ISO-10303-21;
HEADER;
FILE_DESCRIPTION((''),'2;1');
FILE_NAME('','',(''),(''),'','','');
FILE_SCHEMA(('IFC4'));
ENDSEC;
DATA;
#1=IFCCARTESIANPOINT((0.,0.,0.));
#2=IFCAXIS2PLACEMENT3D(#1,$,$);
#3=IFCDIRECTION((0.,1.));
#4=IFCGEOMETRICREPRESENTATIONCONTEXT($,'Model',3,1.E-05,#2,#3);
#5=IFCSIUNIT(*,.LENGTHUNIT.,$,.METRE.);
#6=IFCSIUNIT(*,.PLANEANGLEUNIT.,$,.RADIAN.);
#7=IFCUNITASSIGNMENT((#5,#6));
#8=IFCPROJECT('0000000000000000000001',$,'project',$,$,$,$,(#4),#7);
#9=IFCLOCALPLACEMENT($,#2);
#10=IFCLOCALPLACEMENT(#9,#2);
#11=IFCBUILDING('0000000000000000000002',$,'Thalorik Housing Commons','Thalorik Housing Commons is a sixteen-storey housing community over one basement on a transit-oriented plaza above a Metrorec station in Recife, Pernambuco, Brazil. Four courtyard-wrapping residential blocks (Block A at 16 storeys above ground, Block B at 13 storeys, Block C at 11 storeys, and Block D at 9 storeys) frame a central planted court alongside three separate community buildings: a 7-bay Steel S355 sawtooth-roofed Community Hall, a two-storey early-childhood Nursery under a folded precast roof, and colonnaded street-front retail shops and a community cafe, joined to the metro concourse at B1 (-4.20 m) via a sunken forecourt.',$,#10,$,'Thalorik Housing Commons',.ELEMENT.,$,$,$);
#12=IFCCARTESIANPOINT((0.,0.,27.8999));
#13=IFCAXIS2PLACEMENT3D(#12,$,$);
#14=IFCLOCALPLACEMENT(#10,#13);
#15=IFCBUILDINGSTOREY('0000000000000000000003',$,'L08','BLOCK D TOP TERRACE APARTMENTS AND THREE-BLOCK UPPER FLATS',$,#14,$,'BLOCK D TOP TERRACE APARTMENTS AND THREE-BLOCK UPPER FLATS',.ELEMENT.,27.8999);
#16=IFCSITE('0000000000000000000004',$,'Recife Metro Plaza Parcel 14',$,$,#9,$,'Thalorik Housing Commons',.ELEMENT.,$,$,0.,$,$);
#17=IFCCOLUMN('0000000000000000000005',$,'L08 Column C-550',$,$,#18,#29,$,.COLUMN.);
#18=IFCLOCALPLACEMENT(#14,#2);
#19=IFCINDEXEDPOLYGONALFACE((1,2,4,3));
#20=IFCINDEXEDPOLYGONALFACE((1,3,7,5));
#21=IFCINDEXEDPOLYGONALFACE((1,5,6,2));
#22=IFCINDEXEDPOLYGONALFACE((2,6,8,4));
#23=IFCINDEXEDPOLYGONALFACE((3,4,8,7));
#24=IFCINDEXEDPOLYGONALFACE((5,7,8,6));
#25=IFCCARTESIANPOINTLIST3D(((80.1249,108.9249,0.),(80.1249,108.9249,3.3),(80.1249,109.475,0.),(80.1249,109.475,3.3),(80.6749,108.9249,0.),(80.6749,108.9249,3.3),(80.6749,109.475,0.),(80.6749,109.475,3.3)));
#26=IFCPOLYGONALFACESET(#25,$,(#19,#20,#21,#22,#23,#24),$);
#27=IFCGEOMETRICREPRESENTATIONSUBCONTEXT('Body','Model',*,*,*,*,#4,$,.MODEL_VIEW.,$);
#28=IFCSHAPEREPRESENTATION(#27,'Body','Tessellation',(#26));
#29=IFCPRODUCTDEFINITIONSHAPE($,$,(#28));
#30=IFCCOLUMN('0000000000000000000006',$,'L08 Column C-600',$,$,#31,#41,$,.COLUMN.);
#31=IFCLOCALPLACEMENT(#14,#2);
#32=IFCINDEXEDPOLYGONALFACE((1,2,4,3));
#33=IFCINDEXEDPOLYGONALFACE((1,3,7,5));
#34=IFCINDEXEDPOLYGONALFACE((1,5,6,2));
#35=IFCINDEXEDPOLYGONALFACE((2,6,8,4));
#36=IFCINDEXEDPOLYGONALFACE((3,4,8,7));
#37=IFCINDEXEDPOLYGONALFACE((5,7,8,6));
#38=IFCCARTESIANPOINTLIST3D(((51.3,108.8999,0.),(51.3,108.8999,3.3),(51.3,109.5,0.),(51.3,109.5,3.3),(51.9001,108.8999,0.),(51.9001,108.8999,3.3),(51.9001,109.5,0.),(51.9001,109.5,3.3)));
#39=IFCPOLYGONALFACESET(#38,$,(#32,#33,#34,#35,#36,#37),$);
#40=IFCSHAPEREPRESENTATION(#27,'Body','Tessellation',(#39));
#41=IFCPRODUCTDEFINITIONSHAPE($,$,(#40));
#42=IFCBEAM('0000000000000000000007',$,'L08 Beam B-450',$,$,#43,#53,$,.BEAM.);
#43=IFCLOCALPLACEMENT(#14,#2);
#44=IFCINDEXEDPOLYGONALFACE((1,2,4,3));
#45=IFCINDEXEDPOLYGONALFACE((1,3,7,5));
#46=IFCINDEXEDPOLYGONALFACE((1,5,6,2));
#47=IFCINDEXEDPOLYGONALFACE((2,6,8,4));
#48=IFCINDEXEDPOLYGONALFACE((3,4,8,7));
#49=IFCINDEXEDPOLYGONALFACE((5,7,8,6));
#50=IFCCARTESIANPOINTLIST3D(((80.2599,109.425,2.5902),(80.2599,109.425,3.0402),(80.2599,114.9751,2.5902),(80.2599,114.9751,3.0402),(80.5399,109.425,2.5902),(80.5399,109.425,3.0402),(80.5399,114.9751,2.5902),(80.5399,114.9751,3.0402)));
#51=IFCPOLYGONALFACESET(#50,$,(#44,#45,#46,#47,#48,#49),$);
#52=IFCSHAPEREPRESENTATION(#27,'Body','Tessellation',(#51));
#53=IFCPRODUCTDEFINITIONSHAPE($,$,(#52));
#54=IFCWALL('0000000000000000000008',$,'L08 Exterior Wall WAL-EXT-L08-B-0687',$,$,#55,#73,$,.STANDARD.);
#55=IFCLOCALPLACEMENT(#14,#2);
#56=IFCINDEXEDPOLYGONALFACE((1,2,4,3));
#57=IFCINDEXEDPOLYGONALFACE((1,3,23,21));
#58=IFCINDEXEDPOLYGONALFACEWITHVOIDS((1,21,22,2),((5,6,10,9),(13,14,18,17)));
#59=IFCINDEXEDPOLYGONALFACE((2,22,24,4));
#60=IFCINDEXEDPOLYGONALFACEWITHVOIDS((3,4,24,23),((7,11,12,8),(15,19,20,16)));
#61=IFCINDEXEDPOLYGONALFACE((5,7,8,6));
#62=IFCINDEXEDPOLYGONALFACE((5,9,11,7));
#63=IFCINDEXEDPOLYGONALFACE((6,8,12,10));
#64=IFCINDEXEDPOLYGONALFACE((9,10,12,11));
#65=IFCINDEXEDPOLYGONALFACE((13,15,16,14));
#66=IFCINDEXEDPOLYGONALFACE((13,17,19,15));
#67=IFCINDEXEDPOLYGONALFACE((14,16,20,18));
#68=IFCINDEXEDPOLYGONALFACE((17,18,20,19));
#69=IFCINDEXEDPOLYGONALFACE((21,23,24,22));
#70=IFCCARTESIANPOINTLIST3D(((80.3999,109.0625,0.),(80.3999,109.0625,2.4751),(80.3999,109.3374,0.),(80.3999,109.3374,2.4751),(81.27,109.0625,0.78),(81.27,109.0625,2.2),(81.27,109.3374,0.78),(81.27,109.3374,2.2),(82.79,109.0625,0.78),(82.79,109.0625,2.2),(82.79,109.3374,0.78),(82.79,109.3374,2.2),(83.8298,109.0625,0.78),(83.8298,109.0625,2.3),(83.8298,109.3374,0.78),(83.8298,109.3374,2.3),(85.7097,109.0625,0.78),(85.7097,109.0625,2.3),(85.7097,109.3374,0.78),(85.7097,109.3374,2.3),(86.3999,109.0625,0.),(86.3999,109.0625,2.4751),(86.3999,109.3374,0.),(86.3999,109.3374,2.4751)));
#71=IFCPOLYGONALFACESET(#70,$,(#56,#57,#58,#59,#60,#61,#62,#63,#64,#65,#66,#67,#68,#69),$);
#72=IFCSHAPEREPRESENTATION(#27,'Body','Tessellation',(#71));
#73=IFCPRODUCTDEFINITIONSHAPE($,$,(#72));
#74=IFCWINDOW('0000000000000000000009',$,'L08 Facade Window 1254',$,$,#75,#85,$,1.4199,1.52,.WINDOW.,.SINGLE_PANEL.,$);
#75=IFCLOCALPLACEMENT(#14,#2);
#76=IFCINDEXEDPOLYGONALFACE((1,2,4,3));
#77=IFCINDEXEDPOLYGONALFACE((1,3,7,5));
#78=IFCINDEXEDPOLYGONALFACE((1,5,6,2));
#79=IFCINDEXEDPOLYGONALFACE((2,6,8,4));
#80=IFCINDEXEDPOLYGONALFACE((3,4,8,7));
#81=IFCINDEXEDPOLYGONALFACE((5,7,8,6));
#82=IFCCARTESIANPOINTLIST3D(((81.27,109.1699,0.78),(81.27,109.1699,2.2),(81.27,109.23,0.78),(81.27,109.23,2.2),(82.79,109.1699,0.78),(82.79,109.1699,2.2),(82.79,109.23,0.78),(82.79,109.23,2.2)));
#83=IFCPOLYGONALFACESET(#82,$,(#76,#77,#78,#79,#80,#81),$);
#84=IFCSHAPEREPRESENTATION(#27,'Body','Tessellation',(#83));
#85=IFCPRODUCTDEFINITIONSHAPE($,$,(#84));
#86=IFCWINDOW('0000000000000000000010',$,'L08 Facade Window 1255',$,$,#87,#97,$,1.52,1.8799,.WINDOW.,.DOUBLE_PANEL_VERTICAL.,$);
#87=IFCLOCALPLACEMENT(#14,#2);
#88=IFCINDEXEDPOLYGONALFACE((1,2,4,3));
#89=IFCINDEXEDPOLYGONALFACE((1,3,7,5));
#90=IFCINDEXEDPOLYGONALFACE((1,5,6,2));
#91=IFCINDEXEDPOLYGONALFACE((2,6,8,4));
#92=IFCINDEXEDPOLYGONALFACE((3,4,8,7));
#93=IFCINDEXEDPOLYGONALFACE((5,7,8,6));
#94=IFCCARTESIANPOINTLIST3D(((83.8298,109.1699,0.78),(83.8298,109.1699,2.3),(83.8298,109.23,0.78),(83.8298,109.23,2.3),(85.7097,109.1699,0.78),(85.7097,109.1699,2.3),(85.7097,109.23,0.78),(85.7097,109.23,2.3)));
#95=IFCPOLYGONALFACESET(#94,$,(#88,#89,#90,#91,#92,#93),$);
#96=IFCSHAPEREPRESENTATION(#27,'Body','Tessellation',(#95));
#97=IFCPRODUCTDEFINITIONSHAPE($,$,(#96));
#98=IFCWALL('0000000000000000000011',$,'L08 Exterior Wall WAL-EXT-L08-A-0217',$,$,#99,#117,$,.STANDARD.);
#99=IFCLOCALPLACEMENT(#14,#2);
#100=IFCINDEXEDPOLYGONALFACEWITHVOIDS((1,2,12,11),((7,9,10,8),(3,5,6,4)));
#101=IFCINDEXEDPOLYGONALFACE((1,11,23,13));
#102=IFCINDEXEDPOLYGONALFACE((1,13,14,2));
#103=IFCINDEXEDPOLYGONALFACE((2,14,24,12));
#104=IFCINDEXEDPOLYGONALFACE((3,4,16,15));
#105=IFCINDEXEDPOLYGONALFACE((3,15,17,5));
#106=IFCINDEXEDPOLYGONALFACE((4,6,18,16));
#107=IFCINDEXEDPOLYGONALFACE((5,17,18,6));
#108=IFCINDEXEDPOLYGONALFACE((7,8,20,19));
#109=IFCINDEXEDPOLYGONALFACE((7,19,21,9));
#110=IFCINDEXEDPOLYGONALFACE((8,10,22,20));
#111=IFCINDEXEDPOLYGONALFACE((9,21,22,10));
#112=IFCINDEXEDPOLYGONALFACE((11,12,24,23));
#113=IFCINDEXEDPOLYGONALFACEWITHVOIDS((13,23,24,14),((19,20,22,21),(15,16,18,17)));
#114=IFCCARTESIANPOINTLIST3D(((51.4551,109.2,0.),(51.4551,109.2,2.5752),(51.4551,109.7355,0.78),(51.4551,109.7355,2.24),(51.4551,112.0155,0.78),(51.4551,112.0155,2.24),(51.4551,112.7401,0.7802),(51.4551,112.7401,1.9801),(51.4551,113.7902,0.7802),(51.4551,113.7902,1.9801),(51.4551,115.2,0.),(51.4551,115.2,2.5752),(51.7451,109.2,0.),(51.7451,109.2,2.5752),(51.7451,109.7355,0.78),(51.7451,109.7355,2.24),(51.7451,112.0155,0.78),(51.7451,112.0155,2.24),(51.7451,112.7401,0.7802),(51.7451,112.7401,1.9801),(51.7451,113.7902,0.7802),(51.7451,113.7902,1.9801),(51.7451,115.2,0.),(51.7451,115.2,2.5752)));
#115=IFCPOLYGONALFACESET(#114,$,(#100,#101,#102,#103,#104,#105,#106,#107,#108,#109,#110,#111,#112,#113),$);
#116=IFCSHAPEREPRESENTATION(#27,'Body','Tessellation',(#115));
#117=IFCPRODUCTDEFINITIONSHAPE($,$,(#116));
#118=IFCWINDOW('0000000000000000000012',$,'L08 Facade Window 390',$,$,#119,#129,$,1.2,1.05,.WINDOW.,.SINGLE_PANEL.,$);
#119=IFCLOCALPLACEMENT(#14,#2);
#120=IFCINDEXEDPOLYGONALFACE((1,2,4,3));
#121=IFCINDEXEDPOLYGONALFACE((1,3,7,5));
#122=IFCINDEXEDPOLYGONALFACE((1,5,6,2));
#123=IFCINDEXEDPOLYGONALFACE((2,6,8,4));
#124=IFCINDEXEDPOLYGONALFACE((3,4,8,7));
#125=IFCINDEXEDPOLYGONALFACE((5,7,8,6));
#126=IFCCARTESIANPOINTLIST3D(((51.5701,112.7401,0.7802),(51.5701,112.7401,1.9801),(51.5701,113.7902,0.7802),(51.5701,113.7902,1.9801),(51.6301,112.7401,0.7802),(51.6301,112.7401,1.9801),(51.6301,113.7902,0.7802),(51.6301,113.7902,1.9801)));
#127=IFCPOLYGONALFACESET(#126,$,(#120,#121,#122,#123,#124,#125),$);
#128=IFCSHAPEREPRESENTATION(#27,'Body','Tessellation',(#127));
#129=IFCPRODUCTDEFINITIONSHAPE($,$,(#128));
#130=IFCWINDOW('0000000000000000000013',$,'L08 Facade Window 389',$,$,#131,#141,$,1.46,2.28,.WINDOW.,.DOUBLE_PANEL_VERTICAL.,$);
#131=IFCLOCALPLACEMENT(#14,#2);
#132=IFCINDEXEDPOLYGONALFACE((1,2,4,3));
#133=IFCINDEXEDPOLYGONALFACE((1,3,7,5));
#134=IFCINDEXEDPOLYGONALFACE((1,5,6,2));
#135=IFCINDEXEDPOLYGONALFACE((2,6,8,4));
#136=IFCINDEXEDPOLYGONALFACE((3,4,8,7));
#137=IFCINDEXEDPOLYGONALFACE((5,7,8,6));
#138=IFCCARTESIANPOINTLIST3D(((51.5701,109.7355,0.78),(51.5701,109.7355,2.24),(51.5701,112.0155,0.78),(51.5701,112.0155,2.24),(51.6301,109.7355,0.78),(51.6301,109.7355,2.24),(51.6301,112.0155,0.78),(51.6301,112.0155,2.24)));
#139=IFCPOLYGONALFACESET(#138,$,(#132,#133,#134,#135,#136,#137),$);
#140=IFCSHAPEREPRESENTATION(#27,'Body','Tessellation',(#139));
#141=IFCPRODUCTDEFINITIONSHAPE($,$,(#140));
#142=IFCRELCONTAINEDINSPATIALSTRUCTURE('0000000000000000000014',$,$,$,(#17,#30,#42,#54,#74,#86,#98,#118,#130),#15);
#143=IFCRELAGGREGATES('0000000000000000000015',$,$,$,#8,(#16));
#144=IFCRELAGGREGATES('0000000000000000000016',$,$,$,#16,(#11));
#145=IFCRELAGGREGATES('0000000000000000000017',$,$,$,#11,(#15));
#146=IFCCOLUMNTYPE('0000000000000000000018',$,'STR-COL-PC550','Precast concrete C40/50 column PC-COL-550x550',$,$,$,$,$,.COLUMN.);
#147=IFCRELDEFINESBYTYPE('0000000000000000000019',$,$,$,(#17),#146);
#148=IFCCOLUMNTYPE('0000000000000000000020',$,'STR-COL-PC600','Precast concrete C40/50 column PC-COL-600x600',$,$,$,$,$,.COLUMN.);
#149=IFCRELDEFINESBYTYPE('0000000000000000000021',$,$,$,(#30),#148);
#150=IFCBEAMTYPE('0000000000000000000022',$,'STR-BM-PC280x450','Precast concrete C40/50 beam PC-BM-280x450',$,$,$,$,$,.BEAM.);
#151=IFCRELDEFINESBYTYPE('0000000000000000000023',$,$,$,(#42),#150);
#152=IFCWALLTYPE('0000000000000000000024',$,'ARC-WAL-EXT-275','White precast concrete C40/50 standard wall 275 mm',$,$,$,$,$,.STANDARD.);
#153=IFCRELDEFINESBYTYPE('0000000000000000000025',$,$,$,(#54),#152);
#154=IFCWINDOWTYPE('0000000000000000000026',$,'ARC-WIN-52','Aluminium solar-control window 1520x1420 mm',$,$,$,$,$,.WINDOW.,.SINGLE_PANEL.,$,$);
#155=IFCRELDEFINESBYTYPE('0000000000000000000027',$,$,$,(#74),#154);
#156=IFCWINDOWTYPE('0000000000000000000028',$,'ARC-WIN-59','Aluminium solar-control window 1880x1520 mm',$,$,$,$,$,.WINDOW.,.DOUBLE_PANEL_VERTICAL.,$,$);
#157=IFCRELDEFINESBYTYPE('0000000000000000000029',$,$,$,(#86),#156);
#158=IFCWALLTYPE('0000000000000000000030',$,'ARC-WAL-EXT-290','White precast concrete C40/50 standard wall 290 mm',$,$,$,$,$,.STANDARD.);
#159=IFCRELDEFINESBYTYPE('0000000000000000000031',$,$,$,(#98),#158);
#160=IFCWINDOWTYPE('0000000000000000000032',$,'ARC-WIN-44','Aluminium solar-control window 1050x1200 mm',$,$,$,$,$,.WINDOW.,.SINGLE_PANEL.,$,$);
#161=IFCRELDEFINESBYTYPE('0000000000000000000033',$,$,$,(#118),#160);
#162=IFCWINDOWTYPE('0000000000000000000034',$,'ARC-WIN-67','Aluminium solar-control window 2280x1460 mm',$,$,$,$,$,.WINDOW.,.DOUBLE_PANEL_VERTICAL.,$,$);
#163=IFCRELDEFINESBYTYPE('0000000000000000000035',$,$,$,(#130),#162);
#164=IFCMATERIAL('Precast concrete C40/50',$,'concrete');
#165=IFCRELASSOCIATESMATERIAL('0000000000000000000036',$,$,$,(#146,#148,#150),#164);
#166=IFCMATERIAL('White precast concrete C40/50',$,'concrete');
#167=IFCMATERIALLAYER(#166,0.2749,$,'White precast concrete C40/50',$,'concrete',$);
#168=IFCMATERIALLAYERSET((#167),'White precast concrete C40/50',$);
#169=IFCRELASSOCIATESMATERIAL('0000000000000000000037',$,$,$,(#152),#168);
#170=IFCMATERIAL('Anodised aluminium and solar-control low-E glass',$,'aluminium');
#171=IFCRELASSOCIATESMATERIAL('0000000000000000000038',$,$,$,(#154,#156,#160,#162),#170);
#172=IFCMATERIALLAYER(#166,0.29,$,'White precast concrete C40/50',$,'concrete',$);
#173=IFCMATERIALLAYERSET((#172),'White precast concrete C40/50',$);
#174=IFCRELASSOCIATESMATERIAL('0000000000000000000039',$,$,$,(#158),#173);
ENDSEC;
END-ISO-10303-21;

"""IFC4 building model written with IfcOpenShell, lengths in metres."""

from ifc_helpers import new_model, si_unit, direction, frame, frame_2d, origin, origin_2d, place, context, subcontext, project, spatial, rectangle, extrude, material, layer, layer_set, material_profile, profile_set, type_object, element, fill, save


model = new_model("IFC4")

# Units and contexts
model_context = context("Model", 3, precision=1e-05, world=origin(), true_north=direction((0.0, 1.0)))
body_context = subcontext(model_context, "Body", "Model", "MODEL_VIEW")
ifc_project = project(units=[si_unit("LENGTHUNIT", "METRE"), si_unit("PLANEANGLEUNIT", "RADIAN")], contexts=[model_context])

# Site, building, storey
site_placement = place(None, origin())
site = spatial("IfcSite", under=ifc_project, at=site_placement, Name="Recife Metro Plaza Parcel 14", LongName="Thalorik Housing Commons", CompositionType="ELEMENT", RefElevation=0.0)
building_placement = place(site_placement, origin())
building = spatial("IfcBuilding", under=site, at=building_placement, Name="Thalorik Housing Commons", Description="Thalorik Housing Commons is a sixteen-storey housing community over one basement on a transit-oriented plaza above a Metrorec station in Recife, Pernambuco, Brazil. Four courtyard-wrapping residential blocks (Block A at 16 storeys above ground, Block B at 13 storeys, Block C at 11 storeys, and Block D at 9 storeys) frame a central planted court alongside three separate community buildings: a 7-bay Steel S355 sawtooth-roofed Community Hall, a two-storey early-childhood Nursery under a folded precast roof, and colonnaded street-front retail shops and a community cafe, joined to the metro concourse at B1 (-4.20 m) via a sunken forecourt.", LongName="Thalorik Housing Commons", CompositionType="ELEMENT")
storey_placement = place(building_placement, frame((0.0, 0.0, 27.8999)))
storey = spatial("IfcBuildingStorey", under=building, at=storey_placement, Name="L08", Description="BLOCK D TOP TERRACE APARTMENTS AND THREE-BLOCK UPPER FLATS", LongName="BLOCK D TOP TERRACE APARTMENTS AND THREE-BLOCK UPPER FLATS", CompositionType="ELEMENT", Elevation=27.8999)

# Columns
ifc_material_1 = material(Name="Precast concrete C40/50", Category="concrete")
ifc_material_profile_1 = material_profile(ifc_material_1, rectangle(XDim=0.55, YDim=0.55, at=origin_2d()), Name="PC 550x550", Category="concrete")
ifc_profile_set_1 = profile_set([ifc_material_profile_1], Name="Precast concrete C40/50")
column_type_1 = type_object("IfcColumnType", Name="STR-COL-PC550", Description="Precast concrete C40/50 column PC-COL-550x550", PredefinedType="COLUMN", material=ifc_profile_set_1)
column_1_placement = place(storey_placement, frame((80.3999, 109.2, 0.0), z_axis=(0.0, 0.0, 1.0), x_axis=(1.0, 0.0, 0.0)))
element("IfcColumn", 1, at=column_1_placement, inside=storey, type_object=column_type_1, Name="L08 Column C-550", PredefinedType="COLUMN", context=body_context, shape_type="SweptSolid", body=[
    extrude(rectangle(XDim=0.55, YDim=0.55, at=origin_2d()), origin(), (0.0, 0.0, 1.0), 3.3),
])
ifc_material_profile_2 = material_profile(ifc_material_1, rectangle(XDim=0.6001, YDim=0.6001, at=origin_2d()), Name="PC 600x600", Category="concrete")
ifc_profile_set_2 = profile_set([ifc_material_profile_2], Name="Precast concrete C40/50")
column_type_2 = type_object("IfcColumnType", Name="STR-COL-PC600", Description="Precast concrete C40/50 column PC-COL-600x600", PredefinedType="COLUMN", material=ifc_profile_set_2)
column_2_placement = place(storey_placement, frame((51.6001, 109.2, 0.0), z_axis=(0.0, 0.0, 1.0), x_axis=(1.0, 0.0, 0.0)))
element("IfcColumn", 2, at=column_2_placement, inside=storey, type_object=column_type_2, Name="L08 Column C-600", PredefinedType="COLUMN", context=body_context, shape_type="SweptSolid", body=[
    extrude(rectangle(XDim=0.6001, YDim=0.6001, at=origin_2d()), origin(), (0.0, 0.0, 1.0), 3.3),
])

# Beam
ifc_material_profile_3 = material_profile(ifc_material_1, rectangle(XDim=0.28, YDim=0.45, at=origin_2d()), Name="PC 280x450", Category="concrete")
ifc_profile_set_3 = profile_set([ifc_material_profile_3], Name="Precast concrete C40/50")
beam_type = type_object("IfcBeamType", Name="STR-BM-PC280x450", Description="Precast concrete C40/50 beam PC-BM-280x450", PredefinedType="BEAM", material=ifc_profile_set_3)
beam_placement = place(storey_placement, frame((80.3999, 109.425, 2.8152), z_axis=(0.0, 1.0, 0.0), x_axis=(-1.0, 0.0, 0.0)))
element("IfcBeam", 3, at=beam_placement, inside=storey, type_object=beam_type, Name="L08 Beam B-450", PredefinedType="BEAM", context=body_context, shape_type="SweptSolid", body=[
    extrude(rectangle(XDim=0.28, YDim=0.45, at=origin_2d()), origin(), (0.0, 0.0, 1.0), 5.55),
])

# Walls, openings, windows
ifc_material_2 = material(Name="White precast concrete C40/50", Category="concrete")
ifc_layer_1 = layer(ifc_material_2, 0.2749, Name="White precast concrete C40/50", Category="concrete")
ifc_layer_set_1 = layer_set([ifc_layer_1], Name="White precast concrete C40/50")
wall_type_1 = type_object("IfcWallType", Name="ARC-WAL-EXT-275", Description="White precast concrete C40/50 standard wall 275 mm", PredefinedType="STANDARD", material=ifc_layer_set_1)
wall_1_placement = place(storey_placement, frame((80.3999, 109.2, 0.0), z_axis=(0.0, 0.0, 1.0), x_axis=(1.0, 0.0, 0.0)))
wall_1 = element("IfcWall", 4, at=wall_1_placement, inside=storey, type_object=wall_type_1, Name="L08 Exterior Wall WAL-EXT-L08-B-0687", PredefinedType="STANDARD", context=body_context, shape_type="SweptSolid", body=[
    extrude(rectangle(XDim=6.0, YDim=0.2749, at=frame_2d((3.0, 0.0))), origin(), (0.0, 0.0, 1.0), 2.4751),
])
opening_1_placement = place(wall_1_placement, frame((0.8701, 0.0, 0.78)))
opening_1 = element("IfcOpeningElement", 5, at=opening_1_placement, cuts=wall_1, PredefinedType="OPENING", context=body_context, shape_type="SweptSolid", body=[
    extrude(rectangle(XDim=1.52, YDim=1.4199, at=frame_2d((0.76, 0.71))), frame((0.0, 0.1475, 0.0), z_axis=(0.0, -1.0, 0.0), x_axis=(1.0, 0.0, 0.0)), (0.0, 0.0, 1.0), 0.2949),
])
opening_2_placement = place(wall_1_placement, frame((3.4299, 0.0, 0.78)))
opening_2 = element("IfcOpeningElement", 6, at=opening_2_placement, cuts=wall_1, PredefinedType="OPENING", context=body_context, shape_type="SweptSolid", body=[
    extrude(rectangle(XDim=1.8799, YDim=1.52, at=frame_2d((0.9399, 0.76))), frame((0.0, 0.1475, 0.0), z_axis=(0.0, -1.0, 0.0), x_axis=(1.0, 0.0, 0.0)), (0.0, 0.0, 1.0), 0.2949),
])
ifc_material_3 = material(Name="Anodised aluminium and solar-control low-E glass", Category="aluminium")
window_type_1 = type_object("IfcWindowType", Name="ARC-WIN-52", Description="Aluminium solar-control window 1520x1420 mm", PartitioningType="SINGLE_PANEL", PredefinedType="WINDOW", material=ifc_material_3)
window_1_placement = place(opening_1_placement, origin())
window_1 = element("IfcWindow", 7, at=window_1_placement, inside=storey, type_object=window_type_1, Name="L08 Facade Window 1254", OverallHeight=1.4199, OverallWidth=1.52, PartitioningType="SINGLE_PANEL", PredefinedType="WINDOW", context=body_context, shape_type="SweptSolid", body=[
    extrude(rectangle(XDim=1.52, YDim=1.4199, at=frame_2d((0.76, 0.71))), frame((0.0, 0.03, 0.0), z_axis=(0.0, -1.0, 0.0), x_axis=(1.0, 0.0, 0.0)), (0.0, 0.0, 1.0), 0.0601),
])
fill(opening_1, window_1)
window_type_2 = type_object("IfcWindowType", Name="ARC-WIN-59", Description="Aluminium solar-control window 1880x1520 mm", PartitioningType="DOUBLE_PANEL_VERTICAL", PredefinedType="WINDOW", material=ifc_material_3)
window_2_placement = place(opening_2_placement, origin())
window_2 = element("IfcWindow", 8, at=window_2_placement, inside=storey, type_object=window_type_2, Name="L08 Facade Window 1255", OverallHeight=1.52, OverallWidth=1.8799, PartitioningType="DOUBLE_PANEL_VERTICAL", PredefinedType="WINDOW", context=body_context, shape_type="SweptSolid", body=[
    extrude(rectangle(XDim=1.8799, YDim=1.52, at=frame_2d((0.9399, 0.76))), frame((0.0, 0.03, 0.0), z_axis=(0.0, -1.0, 0.0), x_axis=(1.0, 0.0, 0.0)), (0.0, 0.0, 1.0), 0.0601),
])
fill(opening_2, window_2)
ifc_layer_2 = layer(ifc_material_2, 0.29, Name="White precast concrete C40/50", Category="concrete")
ifc_layer_set_2 = layer_set([ifc_layer_2], Name="White precast concrete C40/50")
wall_type_2 = type_object("IfcWallType", Name="ARC-WAL-EXT-290", Description="White precast concrete C40/50 standard wall 290 mm", PredefinedType="STANDARD", material=ifc_layer_set_2)
wall_2_placement = place(storey_placement, frame((51.6001, 109.2, 0.0), z_axis=(0.0, 0.0, 1.0), x_axis=(0.0, 1.0, 0.0)))
wall_2 = element("IfcWall", 9, at=wall_2_placement, inside=storey, type_object=wall_type_2, Name="L08 Exterior Wall WAL-EXT-L08-A-0217", PredefinedType="STANDARD", context=body_context, shape_type="SweptSolid", body=[
    extrude(rectangle(XDim=6.0, YDim=0.29, at=frame_2d((3.0, 0.0))), origin(), (0.0, 0.0, 1.0), 2.5752),
])
opening_3_placement = place(wall_2_placement, frame((0.5354, 0.0, 0.78)))
opening_3 = element("IfcOpeningElement", 10, at=opening_3_placement, cuts=wall_2, PredefinedType="OPENING", context=body_context, shape_type="SweptSolid", body=[
    extrude(rectangle(XDim=2.28, YDim=1.46, at=frame_2d((1.1401, 0.73))), frame((0.0, 0.155, 0.0), z_axis=(0.0, -1.0, 0.0), x_axis=(1.0, 0.0, 0.0)), (0.0, 0.0, 1.0), 0.3101),
])
opening_4_placement = place(wall_2_placement, frame((3.5403, 0.0, 0.78)))
opening_4 = element("IfcOpeningElement", 11, at=opening_4_placement, cuts=wall_2, PredefinedType="OPENING", context=body_context, shape_type="SweptSolid", body=[
    extrude(rectangle(XDim=1.05, YDim=1.2, at=frame_2d((0.5249, 0.6001))), frame((0.0, 0.155, 0.0), z_axis=(0.0, -1.0, 0.0), x_axis=(1.0, 0.0, 0.0)), (0.0, 0.0, 1.0), 0.3101),
])
window_type_3 = type_object("IfcWindowType", Name="ARC-WIN-44", Description="Aluminium solar-control window 1050x1200 mm", PartitioningType="SINGLE_PANEL", PredefinedType="WINDOW", material=ifc_material_3)
window_3_placement = place(opening_4_placement, origin())
window_3 = element("IfcWindow", 12, at=window_3_placement, inside=storey, type_object=window_type_3, Name="L08 Facade Window 390", OverallHeight=1.2, OverallWidth=1.05, PartitioningType="SINGLE_PANEL", PredefinedType="WINDOW", context=body_context, shape_type="SweptSolid", body=[
    extrude(rectangle(XDim=1.05, YDim=1.2, at=frame_2d((0.5249, 0.6001))), frame((0.0, 0.03, 0.0), z_axis=(0.0, -1.0, 0.0), x_axis=(1.0, 0.0, 0.0)), (0.0, 0.0, 1.0), 0.0601),
])
fill(opening_4, window_3)
window_type_4 = type_object("IfcWindowType", Name="ARC-WIN-67", Description="Aluminium solar-control window 2280x1460 mm", PartitioningType="DOUBLE_PANEL_VERTICAL", PredefinedType="WINDOW", material=ifc_material_3)
window_4_placement = place(opening_3_placement, origin())
window_4 = element("IfcWindow", 13, at=window_4_placement, inside=storey, type_object=window_type_4, Name="L08 Facade Window 389", OverallHeight=1.46, OverallWidth=2.28, PartitioningType="DOUBLE_PANEL_VERTICAL", PredefinedType="WINDOW", context=body_context, shape_type="SweptSolid", body=[
    extrude(rectangle(XDim=2.28, YDim=1.46, at=frame_2d((1.1401, 0.73))), frame((0.0, 0.03, 0.0), z_axis=(0.0, -1.0, 0.0), x_axis=(1.0, 0.0, 0.0)), (0.0, 0.0, 1.0), 0.0601),
])
fill(opening_3, window_4)

save(model, "model.ifc")
